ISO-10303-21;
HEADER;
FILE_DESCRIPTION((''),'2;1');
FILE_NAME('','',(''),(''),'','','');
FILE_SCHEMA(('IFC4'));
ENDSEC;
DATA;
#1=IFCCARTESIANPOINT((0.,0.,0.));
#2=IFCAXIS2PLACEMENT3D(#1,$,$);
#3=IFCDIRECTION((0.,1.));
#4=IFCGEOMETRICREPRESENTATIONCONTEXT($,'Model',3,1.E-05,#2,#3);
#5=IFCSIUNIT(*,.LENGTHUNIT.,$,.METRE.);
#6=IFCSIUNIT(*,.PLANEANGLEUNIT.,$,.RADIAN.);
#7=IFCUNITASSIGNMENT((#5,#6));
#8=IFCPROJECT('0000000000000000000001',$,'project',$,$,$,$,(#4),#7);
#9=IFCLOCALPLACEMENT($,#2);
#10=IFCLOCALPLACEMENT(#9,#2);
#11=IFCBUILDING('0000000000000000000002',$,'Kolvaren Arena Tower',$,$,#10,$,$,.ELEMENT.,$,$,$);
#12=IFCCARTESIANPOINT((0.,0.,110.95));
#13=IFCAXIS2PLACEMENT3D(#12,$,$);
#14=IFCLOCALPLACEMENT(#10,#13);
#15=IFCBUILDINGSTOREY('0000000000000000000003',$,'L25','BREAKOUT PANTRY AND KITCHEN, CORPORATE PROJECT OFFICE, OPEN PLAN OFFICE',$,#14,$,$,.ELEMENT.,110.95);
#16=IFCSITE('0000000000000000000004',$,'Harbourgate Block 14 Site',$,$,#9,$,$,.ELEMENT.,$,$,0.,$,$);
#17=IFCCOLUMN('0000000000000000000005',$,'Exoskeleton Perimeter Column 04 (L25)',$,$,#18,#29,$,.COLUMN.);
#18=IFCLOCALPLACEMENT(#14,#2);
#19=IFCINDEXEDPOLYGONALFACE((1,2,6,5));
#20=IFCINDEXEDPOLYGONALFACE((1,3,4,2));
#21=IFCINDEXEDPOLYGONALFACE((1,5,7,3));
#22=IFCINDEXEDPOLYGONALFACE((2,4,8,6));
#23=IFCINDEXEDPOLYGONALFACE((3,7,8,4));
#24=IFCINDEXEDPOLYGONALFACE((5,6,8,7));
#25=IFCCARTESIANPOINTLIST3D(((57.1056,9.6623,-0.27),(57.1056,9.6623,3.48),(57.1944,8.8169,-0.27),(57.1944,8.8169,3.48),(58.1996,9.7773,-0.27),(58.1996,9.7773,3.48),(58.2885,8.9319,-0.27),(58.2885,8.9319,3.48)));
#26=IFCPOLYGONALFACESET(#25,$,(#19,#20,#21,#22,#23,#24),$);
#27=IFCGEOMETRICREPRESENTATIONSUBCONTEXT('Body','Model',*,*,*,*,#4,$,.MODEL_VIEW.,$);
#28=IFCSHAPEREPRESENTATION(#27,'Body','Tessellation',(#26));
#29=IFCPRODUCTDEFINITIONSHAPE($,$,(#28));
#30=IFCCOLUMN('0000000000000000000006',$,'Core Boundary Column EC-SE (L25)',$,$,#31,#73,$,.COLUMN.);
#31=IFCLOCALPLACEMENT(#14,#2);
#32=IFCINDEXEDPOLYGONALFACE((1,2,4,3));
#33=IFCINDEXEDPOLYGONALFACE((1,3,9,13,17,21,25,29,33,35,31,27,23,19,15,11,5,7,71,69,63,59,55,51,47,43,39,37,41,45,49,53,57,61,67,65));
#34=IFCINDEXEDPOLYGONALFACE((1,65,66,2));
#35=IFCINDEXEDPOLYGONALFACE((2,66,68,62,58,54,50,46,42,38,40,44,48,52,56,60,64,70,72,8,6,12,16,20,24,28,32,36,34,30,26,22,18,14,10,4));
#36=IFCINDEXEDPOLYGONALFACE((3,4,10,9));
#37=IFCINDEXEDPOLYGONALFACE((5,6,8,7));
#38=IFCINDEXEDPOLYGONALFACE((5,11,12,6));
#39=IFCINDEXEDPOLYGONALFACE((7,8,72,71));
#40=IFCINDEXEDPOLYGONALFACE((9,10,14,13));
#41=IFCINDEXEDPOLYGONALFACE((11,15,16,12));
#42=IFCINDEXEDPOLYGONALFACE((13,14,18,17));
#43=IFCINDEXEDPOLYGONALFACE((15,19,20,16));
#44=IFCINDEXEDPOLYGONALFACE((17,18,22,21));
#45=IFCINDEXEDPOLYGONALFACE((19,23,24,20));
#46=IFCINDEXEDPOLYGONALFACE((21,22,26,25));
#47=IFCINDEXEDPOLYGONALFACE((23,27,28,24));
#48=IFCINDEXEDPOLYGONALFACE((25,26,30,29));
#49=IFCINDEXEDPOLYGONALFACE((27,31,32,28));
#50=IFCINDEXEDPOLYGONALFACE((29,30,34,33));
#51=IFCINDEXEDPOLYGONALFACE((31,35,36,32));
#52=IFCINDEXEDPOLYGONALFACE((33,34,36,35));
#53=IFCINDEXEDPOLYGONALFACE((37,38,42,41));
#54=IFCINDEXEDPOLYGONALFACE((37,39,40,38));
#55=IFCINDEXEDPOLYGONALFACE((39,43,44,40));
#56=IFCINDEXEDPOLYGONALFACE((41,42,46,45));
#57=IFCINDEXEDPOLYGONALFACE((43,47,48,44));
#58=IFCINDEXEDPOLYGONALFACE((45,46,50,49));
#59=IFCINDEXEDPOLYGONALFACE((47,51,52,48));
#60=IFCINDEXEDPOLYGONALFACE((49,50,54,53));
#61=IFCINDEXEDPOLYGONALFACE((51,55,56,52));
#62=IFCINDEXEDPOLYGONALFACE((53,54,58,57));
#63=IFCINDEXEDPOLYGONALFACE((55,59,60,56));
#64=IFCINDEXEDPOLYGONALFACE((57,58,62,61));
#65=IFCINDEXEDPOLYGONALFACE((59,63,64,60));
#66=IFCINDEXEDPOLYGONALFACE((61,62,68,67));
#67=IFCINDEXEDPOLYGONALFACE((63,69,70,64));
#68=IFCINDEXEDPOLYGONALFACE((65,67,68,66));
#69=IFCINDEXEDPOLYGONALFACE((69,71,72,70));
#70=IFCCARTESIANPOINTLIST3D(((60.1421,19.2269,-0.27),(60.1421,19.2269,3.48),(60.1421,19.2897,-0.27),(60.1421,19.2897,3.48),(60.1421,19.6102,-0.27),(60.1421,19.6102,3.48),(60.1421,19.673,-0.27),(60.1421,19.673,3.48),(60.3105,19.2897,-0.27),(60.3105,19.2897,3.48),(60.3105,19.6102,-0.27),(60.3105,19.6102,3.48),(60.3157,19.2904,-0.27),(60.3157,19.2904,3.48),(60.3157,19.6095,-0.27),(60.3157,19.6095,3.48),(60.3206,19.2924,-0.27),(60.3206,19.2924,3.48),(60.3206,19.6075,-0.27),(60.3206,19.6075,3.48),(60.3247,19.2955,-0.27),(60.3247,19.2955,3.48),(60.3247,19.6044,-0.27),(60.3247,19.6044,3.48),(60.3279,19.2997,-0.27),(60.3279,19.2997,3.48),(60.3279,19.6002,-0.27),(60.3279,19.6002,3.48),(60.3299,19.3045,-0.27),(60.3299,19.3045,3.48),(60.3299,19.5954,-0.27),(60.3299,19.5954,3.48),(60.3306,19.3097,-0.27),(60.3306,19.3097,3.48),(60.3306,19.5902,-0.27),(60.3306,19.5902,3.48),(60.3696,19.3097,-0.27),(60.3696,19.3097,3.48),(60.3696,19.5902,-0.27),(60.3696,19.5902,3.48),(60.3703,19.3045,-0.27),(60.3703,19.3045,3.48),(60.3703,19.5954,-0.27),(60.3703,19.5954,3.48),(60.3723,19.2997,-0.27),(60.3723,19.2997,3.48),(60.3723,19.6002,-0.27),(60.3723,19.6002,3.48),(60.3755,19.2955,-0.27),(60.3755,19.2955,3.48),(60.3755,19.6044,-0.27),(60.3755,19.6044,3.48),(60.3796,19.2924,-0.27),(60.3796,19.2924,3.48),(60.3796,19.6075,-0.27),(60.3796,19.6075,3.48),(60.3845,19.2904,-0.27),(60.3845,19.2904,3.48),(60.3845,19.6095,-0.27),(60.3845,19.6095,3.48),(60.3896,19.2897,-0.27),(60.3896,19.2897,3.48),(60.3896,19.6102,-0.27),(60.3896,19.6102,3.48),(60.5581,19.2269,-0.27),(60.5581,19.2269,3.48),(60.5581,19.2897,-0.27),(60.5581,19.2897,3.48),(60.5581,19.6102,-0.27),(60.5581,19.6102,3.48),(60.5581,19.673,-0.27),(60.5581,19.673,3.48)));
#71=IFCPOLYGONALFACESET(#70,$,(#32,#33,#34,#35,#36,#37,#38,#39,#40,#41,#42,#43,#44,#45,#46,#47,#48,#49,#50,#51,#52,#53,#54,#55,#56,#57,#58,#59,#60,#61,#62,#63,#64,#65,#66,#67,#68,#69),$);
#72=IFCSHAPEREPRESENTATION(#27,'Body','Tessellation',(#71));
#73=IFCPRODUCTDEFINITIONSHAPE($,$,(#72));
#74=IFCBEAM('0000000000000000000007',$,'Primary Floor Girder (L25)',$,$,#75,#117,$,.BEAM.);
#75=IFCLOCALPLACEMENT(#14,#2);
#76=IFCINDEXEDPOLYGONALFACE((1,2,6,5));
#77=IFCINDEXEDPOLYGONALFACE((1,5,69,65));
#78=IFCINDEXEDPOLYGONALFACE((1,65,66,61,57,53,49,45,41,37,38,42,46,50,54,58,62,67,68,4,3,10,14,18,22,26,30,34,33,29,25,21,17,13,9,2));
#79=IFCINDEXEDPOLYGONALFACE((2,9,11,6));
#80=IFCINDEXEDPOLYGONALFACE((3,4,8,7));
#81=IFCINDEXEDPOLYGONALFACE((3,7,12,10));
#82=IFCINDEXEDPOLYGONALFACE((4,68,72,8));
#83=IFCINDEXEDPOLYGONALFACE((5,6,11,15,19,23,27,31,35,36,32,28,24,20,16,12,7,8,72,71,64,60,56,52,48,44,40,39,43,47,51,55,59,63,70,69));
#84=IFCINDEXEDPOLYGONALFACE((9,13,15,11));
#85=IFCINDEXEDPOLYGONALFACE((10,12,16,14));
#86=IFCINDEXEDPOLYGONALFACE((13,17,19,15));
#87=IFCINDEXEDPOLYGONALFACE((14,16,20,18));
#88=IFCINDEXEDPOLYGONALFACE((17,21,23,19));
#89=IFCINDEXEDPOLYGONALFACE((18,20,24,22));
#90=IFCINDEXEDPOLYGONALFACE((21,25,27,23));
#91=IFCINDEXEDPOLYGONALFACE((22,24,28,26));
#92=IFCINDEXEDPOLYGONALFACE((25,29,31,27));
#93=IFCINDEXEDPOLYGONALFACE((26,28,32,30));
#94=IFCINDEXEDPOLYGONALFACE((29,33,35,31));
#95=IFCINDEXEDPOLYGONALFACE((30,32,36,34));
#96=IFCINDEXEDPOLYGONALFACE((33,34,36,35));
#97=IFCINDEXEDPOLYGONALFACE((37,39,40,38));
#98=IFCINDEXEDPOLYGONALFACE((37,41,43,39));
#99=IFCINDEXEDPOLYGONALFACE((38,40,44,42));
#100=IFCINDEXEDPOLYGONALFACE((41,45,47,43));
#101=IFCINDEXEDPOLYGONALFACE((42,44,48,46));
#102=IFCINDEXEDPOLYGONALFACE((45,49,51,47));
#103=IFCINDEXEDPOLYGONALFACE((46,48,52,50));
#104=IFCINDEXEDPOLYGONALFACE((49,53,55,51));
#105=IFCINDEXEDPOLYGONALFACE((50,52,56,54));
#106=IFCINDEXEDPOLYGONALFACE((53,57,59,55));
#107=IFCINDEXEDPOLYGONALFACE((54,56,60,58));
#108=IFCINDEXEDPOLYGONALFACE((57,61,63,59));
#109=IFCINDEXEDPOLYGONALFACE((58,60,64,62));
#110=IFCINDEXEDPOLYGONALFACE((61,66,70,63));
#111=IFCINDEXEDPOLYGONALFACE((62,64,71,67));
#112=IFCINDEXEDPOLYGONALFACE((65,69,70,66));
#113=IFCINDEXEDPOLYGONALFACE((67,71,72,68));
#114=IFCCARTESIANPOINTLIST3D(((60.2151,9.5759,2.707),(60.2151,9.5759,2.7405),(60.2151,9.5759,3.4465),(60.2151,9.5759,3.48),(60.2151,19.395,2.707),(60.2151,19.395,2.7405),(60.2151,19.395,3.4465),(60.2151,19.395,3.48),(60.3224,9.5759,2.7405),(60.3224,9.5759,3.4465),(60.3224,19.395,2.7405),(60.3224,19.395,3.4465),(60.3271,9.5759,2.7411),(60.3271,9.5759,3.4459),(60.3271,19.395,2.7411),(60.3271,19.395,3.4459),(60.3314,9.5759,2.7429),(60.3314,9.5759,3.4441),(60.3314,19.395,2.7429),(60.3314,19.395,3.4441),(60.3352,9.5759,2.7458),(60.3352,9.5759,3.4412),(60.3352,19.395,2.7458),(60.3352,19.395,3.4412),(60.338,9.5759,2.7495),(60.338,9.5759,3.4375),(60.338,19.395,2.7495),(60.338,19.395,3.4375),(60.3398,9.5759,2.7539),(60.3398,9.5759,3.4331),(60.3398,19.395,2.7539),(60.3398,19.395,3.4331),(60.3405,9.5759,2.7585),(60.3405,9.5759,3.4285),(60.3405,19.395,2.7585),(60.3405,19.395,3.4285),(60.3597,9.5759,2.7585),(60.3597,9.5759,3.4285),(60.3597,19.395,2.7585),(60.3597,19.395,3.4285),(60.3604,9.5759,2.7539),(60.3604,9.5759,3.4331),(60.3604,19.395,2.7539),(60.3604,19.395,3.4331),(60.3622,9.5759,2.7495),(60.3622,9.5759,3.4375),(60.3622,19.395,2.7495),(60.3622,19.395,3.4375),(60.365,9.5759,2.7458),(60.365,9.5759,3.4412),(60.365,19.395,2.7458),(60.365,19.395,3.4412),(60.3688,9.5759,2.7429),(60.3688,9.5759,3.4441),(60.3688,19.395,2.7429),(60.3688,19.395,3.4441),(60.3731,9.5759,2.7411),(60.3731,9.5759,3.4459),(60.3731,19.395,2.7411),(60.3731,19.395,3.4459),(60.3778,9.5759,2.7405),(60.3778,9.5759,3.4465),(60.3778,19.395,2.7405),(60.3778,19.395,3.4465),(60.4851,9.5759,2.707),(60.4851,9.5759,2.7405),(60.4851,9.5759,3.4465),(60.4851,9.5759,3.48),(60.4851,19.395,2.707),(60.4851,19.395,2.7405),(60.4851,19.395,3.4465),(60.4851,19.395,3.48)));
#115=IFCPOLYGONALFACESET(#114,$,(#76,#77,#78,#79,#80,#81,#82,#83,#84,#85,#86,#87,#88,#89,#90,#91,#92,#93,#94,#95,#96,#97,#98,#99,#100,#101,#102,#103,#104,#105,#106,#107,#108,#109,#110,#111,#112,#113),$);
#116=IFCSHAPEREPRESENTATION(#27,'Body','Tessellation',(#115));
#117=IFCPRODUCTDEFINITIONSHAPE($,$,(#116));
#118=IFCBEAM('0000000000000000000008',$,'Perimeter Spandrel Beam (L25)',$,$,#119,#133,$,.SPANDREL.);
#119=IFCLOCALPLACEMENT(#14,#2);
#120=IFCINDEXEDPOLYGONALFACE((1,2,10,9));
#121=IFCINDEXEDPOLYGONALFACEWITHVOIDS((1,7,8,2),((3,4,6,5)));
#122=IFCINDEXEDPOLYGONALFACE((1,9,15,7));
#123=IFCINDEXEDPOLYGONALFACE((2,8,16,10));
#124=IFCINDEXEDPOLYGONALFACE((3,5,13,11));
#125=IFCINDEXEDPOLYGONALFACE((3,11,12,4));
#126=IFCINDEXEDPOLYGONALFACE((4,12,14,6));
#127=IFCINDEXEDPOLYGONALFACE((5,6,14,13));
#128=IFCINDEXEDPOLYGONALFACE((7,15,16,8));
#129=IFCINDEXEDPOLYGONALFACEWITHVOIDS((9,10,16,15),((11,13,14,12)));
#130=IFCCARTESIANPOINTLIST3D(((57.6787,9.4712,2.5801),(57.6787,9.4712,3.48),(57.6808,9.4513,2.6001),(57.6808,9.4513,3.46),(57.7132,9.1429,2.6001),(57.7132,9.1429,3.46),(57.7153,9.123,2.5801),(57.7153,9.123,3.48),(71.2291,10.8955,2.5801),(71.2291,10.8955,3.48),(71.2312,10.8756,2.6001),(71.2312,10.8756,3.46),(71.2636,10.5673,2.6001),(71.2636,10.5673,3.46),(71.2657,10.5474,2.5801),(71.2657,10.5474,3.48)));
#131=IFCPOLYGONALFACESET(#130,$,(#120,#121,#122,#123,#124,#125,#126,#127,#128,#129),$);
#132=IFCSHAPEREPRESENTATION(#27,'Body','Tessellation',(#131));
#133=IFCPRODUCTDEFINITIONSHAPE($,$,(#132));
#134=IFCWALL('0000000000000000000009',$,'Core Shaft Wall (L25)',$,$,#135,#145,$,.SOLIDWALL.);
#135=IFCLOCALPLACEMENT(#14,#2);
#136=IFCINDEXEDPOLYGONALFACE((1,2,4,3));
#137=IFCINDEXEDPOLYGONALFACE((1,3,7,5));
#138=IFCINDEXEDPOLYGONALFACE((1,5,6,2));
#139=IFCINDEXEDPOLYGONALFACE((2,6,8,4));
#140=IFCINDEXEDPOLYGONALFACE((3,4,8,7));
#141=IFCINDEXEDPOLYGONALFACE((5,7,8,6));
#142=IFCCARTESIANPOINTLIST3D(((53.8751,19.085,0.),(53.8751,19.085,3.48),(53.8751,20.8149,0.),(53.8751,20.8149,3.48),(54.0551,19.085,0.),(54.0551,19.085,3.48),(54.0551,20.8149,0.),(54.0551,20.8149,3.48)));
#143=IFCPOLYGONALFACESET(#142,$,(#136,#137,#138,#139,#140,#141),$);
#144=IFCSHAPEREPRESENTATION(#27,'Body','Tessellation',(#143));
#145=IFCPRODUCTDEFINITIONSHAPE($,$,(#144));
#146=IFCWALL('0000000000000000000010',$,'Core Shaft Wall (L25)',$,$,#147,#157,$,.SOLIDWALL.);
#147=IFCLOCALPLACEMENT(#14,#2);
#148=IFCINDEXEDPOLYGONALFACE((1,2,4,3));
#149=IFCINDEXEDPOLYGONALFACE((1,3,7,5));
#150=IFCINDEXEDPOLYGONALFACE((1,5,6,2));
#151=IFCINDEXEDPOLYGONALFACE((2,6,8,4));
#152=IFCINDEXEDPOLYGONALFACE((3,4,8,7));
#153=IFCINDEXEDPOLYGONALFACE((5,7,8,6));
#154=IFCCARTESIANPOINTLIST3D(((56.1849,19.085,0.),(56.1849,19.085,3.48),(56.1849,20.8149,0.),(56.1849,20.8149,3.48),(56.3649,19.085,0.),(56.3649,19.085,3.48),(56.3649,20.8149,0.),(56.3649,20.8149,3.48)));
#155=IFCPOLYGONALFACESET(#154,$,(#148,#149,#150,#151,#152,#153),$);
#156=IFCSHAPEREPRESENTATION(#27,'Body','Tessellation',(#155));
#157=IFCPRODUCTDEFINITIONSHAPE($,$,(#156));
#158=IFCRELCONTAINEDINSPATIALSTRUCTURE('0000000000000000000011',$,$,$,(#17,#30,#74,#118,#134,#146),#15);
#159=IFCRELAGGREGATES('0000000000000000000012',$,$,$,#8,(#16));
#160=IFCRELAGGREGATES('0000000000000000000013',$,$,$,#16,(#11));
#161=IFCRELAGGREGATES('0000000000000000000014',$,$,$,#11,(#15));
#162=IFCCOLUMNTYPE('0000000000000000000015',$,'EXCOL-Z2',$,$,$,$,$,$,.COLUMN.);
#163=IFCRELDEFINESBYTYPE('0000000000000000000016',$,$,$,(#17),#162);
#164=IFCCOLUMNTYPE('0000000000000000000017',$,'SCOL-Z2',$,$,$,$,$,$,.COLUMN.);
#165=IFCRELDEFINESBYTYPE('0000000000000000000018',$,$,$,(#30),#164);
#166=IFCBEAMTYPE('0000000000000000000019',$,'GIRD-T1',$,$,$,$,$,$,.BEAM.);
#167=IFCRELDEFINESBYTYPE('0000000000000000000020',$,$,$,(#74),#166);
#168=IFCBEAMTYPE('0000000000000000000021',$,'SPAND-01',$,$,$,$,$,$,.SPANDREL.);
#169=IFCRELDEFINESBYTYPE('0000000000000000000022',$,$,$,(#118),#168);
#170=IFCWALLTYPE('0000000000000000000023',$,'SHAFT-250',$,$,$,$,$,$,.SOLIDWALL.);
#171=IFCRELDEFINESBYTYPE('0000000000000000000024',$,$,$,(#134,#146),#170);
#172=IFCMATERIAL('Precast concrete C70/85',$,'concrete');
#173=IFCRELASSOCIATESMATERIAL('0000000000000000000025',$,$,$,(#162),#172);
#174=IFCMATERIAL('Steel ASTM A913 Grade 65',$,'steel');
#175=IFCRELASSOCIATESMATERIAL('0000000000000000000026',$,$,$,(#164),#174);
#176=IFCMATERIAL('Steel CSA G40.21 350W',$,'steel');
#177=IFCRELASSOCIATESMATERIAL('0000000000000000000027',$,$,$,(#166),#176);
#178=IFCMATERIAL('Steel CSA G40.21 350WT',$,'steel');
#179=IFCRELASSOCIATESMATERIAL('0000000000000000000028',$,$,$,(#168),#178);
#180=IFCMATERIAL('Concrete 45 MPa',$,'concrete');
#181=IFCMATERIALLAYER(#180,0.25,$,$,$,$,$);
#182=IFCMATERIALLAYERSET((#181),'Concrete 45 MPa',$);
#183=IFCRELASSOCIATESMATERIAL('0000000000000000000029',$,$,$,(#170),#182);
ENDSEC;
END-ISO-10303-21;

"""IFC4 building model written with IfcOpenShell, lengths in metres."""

from ifc_helpers import new_model, si_unit, direction, frame, frame_2d, origin, origin_2d, place, context, subcontext, project, spatial, rectangle, hollow_rectangle, i_section, extrude, material, layer, layer_set, material_profile, profile_set, type_object, element, save


model = new_model("IFC4")

# Units and contexts
model_context = context("Model", 3, precision=1e-05, world=origin(), true_north=direction((0.0, 1.0)))
body_context = subcontext(model_context, "Body", "Model", "MODEL_VIEW")
ifc_project = project(units=[si_unit("LENGTHUNIT", "METRE"), si_unit("PLANEANGLEUNIT", "RADIAN")], contexts=[model_context])

# Site, building, storey
site_placement = place(None, origin())
site = spatial("IfcSite", under=ifc_project, at=site_placement, Name="Harbourgate Block 14 Site", CompositionType="ELEMENT", RefElevation=0.0)
building_placement = place(site_placement, origin())
building = spatial("IfcBuilding", under=site, at=building_placement, Name="Kolvaren Arena Tower", CompositionType="ELEMENT")
storey_placement = place(building_placement, frame((0.0, 0.0, 110.95)))
storey = spatial("IfcBuildingStorey", under=building, at=storey_placement, Name="L25", Description="BREAKOUT PANTRY AND KITCHEN, CORPORATE PROJECT OFFICE, OPEN PLAN OFFICE", CompositionType="ELEMENT", Elevation=110.95)

# Columns
ifc_material_1 = material(Name="Precast concrete C70/85", Category="concrete")
ifc_material_profile_1 = material_profile(ifc_material_1, rectangle(XDim=1.1001, YDim=0.8501, at=origin_2d()), Name="RC-1100x850")
ifc_profile_set_1 = profile_set([ifc_material_profile_1], Name="Precast concrete C70/85")
column_type_1 = type_object("IfcColumnType", Name="EXCOL-Z2", PredefinedType="COLUMN", material=ifc_profile_set_1)
column_1_placement = place(storey_placement, frame((57.697, 9.2971, -0.27), z_axis=(0.0, 0.0, 1.0), x_axis=(0.994522, 0.104528, 0.0)))
element("IfcColumn", 1, at=column_1_placement, inside=storey, type_object=column_type_1, Name="Exoskeleton Perimeter Column 04 (L25)", PredefinedType="COLUMN", context=body_context, shape_type="SweptSolid", body=[
    extrude(rectangle(XDim=1.1001, YDim=0.8501, at=origin_2d()), origin(), (0.0, 0.0, 1.0), 3.75),
])
ifc_material_2 = material(Name="Steel ASTM A913 Grade 65", Category="steel")
ifc_material_profile_2 = material_profile(ifc_material_2, i_section(OverallWidth=0.416, OverallDepth=0.446, WebThickness=0.0391, FlangeThickness=0.0627, FilletRadius=0.02, at=origin_2d()), Name="W360x509")
ifc_profile_set_2 = profile_set([ifc_material_profile_2], Name="Steel ASTM A913 Grade 65")
column_type_2 = type_object("IfcColumnType", Name="SCOL-Z2", PredefinedType="COLUMN", material=ifc_profile_set_2)
column_2_placement = place(storey_placement, frame((60.3501, 19.45, -0.27), z_axis=(0.0, 0.0, 1.0), x_axis=(1.0, 0.0, 0.0)))
element("IfcColumn", 2, at=column_2_placement, inside=storey, type_object=column_type_2, Name="Core Boundary Column EC-SE (L25)", PredefinedType="COLUMN", context=body_context, shape_type="SweptSolid", body=[
    extrude(i_section(OverallWidth=0.416, OverallDepth=0.446, WebThickness=0.0391, FlangeThickness=0.0627, FilletRadius=0.02, at=origin_2d()), origin(), (0.0, 0.0, 1.0), 3.75),
])

# Beams
ifc_material_3 = material(Name="Steel CSA G40.21 350W", Category="steel")
ifc_material_profile_3 = material_profile(ifc_material_3, i_section(OverallWidth=0.27, OverallDepth=0.7729, WebThickness=0.0193, FlangeThickness=0.0334, FilletRadius=0.0181, at=origin_2d()), Name="W760x257")
ifc_profile_set_3 = profile_set([ifc_material_profile_3], Name="Steel CSA G40.21 350W")
beam_type_1 = type_object("IfcBeamType", Name="GIRD-T1", PredefinedType="BEAM", material=ifc_profile_set_3)
beam_1_placement = place(storey_placement, frame((60.3501, 9.5759, 3.0935), z_axis=(0.0, 1.0, 0.0), x_axis=(-1.0, 0.0, 0.0)))
element("IfcBeam", 3, at=beam_1_placement, inside=storey, type_object=beam_type_1, Name="Primary Floor Girder (L25)", PredefinedType="BEAM", context=body_context, shape_type="SweptSolid", body=[
    extrude(i_section(OverallWidth=0.27, OverallDepth=0.7729, WebThickness=0.0193, FlangeThickness=0.0334, FilletRadius=0.0181, at=origin_2d()), origin(), (0.0, 0.0, 1.0), 9.8191),
])
ifc_material_4 = material(Name="Steel CSA G40.21 350WT", Category="steel")
ifc_material_profile_4 = material_profile(ifc_material_4, hollow_rectangle(XDim=0.3501, YDim=0.8999, WallThickness=0.02, at=origin_2d()), Name="HSS 900x350x20")
ifc_profile_set_4 = profile_set([ifc_material_profile_4], Name="Steel CSA G40.21 350WT")
beam_type_2 = type_object("IfcBeamType", Name="SPAND-01", PredefinedType="SPANDREL", material=ifc_profile_set_4)
beam_2_placement = place(storey_placement, frame((57.697, 9.2971, 3.03), z_axis=(0.994521, 0.104537, 0.0), x_axis=(-0.104537, 0.994521, 0.0)))
element("IfcBeam", 4, at=beam_2_placement, inside=storey, type_object=beam_type_2, Name="Perimeter Spandrel Beam (L25)", PredefinedType="SPANDREL", context=body_context, shape_type="SweptSolid", body=[
    extrude(hollow_rectangle(XDim=0.3501, YDim=0.8999, WallThickness=0.02, at=origin_2d()), origin(), (0.0, 0.0, 1.0), 13.625),
])

# Walls
ifc_material_5 = material(Name="Concrete 45 MPa", Category="concrete")
ifc_layer_1 = layer(ifc_material_5, 0.25)
ifc_layer_set_1 = layer_set([ifc_layer_1], Name="Concrete 45 MPa")
wall_type_1 = type_object("IfcWallType", Name="SHAFT-250", PredefinedType="SOLIDWALL", material=ifc_layer_set_1)
for number, where, z_axis, x_axis, name in (
    (5, (53.9651, 19.085, 0.0), (0.0, 0.0, 1.0), (0.0, 1.0, 0.0), "Core Shaft Wall (L25)"),
    (6, (56.2749, 19.085, 0.0), (0.0, 0.0, 1.0), (0.0, 1.0, 0.0), "Core Shaft Wall (L25)"),
):
    element("IfcWall", number, at=place(storey_placement, frame(where, z_axis=z_axis, x_axis=x_axis)), inside=storey, type_object=wall_type_1, Name=name, PredefinedType="SOLIDWALL", context=body_context, shape_type="SweptSolid", body=[
        extrude(rectangle(XDim=1.73, YDim=0.1799, at=frame_2d((0.865, 0.0))), origin(), (0.0, 0.0, 1.0), 3.48),
    ])

save(model, "model.ifc")
